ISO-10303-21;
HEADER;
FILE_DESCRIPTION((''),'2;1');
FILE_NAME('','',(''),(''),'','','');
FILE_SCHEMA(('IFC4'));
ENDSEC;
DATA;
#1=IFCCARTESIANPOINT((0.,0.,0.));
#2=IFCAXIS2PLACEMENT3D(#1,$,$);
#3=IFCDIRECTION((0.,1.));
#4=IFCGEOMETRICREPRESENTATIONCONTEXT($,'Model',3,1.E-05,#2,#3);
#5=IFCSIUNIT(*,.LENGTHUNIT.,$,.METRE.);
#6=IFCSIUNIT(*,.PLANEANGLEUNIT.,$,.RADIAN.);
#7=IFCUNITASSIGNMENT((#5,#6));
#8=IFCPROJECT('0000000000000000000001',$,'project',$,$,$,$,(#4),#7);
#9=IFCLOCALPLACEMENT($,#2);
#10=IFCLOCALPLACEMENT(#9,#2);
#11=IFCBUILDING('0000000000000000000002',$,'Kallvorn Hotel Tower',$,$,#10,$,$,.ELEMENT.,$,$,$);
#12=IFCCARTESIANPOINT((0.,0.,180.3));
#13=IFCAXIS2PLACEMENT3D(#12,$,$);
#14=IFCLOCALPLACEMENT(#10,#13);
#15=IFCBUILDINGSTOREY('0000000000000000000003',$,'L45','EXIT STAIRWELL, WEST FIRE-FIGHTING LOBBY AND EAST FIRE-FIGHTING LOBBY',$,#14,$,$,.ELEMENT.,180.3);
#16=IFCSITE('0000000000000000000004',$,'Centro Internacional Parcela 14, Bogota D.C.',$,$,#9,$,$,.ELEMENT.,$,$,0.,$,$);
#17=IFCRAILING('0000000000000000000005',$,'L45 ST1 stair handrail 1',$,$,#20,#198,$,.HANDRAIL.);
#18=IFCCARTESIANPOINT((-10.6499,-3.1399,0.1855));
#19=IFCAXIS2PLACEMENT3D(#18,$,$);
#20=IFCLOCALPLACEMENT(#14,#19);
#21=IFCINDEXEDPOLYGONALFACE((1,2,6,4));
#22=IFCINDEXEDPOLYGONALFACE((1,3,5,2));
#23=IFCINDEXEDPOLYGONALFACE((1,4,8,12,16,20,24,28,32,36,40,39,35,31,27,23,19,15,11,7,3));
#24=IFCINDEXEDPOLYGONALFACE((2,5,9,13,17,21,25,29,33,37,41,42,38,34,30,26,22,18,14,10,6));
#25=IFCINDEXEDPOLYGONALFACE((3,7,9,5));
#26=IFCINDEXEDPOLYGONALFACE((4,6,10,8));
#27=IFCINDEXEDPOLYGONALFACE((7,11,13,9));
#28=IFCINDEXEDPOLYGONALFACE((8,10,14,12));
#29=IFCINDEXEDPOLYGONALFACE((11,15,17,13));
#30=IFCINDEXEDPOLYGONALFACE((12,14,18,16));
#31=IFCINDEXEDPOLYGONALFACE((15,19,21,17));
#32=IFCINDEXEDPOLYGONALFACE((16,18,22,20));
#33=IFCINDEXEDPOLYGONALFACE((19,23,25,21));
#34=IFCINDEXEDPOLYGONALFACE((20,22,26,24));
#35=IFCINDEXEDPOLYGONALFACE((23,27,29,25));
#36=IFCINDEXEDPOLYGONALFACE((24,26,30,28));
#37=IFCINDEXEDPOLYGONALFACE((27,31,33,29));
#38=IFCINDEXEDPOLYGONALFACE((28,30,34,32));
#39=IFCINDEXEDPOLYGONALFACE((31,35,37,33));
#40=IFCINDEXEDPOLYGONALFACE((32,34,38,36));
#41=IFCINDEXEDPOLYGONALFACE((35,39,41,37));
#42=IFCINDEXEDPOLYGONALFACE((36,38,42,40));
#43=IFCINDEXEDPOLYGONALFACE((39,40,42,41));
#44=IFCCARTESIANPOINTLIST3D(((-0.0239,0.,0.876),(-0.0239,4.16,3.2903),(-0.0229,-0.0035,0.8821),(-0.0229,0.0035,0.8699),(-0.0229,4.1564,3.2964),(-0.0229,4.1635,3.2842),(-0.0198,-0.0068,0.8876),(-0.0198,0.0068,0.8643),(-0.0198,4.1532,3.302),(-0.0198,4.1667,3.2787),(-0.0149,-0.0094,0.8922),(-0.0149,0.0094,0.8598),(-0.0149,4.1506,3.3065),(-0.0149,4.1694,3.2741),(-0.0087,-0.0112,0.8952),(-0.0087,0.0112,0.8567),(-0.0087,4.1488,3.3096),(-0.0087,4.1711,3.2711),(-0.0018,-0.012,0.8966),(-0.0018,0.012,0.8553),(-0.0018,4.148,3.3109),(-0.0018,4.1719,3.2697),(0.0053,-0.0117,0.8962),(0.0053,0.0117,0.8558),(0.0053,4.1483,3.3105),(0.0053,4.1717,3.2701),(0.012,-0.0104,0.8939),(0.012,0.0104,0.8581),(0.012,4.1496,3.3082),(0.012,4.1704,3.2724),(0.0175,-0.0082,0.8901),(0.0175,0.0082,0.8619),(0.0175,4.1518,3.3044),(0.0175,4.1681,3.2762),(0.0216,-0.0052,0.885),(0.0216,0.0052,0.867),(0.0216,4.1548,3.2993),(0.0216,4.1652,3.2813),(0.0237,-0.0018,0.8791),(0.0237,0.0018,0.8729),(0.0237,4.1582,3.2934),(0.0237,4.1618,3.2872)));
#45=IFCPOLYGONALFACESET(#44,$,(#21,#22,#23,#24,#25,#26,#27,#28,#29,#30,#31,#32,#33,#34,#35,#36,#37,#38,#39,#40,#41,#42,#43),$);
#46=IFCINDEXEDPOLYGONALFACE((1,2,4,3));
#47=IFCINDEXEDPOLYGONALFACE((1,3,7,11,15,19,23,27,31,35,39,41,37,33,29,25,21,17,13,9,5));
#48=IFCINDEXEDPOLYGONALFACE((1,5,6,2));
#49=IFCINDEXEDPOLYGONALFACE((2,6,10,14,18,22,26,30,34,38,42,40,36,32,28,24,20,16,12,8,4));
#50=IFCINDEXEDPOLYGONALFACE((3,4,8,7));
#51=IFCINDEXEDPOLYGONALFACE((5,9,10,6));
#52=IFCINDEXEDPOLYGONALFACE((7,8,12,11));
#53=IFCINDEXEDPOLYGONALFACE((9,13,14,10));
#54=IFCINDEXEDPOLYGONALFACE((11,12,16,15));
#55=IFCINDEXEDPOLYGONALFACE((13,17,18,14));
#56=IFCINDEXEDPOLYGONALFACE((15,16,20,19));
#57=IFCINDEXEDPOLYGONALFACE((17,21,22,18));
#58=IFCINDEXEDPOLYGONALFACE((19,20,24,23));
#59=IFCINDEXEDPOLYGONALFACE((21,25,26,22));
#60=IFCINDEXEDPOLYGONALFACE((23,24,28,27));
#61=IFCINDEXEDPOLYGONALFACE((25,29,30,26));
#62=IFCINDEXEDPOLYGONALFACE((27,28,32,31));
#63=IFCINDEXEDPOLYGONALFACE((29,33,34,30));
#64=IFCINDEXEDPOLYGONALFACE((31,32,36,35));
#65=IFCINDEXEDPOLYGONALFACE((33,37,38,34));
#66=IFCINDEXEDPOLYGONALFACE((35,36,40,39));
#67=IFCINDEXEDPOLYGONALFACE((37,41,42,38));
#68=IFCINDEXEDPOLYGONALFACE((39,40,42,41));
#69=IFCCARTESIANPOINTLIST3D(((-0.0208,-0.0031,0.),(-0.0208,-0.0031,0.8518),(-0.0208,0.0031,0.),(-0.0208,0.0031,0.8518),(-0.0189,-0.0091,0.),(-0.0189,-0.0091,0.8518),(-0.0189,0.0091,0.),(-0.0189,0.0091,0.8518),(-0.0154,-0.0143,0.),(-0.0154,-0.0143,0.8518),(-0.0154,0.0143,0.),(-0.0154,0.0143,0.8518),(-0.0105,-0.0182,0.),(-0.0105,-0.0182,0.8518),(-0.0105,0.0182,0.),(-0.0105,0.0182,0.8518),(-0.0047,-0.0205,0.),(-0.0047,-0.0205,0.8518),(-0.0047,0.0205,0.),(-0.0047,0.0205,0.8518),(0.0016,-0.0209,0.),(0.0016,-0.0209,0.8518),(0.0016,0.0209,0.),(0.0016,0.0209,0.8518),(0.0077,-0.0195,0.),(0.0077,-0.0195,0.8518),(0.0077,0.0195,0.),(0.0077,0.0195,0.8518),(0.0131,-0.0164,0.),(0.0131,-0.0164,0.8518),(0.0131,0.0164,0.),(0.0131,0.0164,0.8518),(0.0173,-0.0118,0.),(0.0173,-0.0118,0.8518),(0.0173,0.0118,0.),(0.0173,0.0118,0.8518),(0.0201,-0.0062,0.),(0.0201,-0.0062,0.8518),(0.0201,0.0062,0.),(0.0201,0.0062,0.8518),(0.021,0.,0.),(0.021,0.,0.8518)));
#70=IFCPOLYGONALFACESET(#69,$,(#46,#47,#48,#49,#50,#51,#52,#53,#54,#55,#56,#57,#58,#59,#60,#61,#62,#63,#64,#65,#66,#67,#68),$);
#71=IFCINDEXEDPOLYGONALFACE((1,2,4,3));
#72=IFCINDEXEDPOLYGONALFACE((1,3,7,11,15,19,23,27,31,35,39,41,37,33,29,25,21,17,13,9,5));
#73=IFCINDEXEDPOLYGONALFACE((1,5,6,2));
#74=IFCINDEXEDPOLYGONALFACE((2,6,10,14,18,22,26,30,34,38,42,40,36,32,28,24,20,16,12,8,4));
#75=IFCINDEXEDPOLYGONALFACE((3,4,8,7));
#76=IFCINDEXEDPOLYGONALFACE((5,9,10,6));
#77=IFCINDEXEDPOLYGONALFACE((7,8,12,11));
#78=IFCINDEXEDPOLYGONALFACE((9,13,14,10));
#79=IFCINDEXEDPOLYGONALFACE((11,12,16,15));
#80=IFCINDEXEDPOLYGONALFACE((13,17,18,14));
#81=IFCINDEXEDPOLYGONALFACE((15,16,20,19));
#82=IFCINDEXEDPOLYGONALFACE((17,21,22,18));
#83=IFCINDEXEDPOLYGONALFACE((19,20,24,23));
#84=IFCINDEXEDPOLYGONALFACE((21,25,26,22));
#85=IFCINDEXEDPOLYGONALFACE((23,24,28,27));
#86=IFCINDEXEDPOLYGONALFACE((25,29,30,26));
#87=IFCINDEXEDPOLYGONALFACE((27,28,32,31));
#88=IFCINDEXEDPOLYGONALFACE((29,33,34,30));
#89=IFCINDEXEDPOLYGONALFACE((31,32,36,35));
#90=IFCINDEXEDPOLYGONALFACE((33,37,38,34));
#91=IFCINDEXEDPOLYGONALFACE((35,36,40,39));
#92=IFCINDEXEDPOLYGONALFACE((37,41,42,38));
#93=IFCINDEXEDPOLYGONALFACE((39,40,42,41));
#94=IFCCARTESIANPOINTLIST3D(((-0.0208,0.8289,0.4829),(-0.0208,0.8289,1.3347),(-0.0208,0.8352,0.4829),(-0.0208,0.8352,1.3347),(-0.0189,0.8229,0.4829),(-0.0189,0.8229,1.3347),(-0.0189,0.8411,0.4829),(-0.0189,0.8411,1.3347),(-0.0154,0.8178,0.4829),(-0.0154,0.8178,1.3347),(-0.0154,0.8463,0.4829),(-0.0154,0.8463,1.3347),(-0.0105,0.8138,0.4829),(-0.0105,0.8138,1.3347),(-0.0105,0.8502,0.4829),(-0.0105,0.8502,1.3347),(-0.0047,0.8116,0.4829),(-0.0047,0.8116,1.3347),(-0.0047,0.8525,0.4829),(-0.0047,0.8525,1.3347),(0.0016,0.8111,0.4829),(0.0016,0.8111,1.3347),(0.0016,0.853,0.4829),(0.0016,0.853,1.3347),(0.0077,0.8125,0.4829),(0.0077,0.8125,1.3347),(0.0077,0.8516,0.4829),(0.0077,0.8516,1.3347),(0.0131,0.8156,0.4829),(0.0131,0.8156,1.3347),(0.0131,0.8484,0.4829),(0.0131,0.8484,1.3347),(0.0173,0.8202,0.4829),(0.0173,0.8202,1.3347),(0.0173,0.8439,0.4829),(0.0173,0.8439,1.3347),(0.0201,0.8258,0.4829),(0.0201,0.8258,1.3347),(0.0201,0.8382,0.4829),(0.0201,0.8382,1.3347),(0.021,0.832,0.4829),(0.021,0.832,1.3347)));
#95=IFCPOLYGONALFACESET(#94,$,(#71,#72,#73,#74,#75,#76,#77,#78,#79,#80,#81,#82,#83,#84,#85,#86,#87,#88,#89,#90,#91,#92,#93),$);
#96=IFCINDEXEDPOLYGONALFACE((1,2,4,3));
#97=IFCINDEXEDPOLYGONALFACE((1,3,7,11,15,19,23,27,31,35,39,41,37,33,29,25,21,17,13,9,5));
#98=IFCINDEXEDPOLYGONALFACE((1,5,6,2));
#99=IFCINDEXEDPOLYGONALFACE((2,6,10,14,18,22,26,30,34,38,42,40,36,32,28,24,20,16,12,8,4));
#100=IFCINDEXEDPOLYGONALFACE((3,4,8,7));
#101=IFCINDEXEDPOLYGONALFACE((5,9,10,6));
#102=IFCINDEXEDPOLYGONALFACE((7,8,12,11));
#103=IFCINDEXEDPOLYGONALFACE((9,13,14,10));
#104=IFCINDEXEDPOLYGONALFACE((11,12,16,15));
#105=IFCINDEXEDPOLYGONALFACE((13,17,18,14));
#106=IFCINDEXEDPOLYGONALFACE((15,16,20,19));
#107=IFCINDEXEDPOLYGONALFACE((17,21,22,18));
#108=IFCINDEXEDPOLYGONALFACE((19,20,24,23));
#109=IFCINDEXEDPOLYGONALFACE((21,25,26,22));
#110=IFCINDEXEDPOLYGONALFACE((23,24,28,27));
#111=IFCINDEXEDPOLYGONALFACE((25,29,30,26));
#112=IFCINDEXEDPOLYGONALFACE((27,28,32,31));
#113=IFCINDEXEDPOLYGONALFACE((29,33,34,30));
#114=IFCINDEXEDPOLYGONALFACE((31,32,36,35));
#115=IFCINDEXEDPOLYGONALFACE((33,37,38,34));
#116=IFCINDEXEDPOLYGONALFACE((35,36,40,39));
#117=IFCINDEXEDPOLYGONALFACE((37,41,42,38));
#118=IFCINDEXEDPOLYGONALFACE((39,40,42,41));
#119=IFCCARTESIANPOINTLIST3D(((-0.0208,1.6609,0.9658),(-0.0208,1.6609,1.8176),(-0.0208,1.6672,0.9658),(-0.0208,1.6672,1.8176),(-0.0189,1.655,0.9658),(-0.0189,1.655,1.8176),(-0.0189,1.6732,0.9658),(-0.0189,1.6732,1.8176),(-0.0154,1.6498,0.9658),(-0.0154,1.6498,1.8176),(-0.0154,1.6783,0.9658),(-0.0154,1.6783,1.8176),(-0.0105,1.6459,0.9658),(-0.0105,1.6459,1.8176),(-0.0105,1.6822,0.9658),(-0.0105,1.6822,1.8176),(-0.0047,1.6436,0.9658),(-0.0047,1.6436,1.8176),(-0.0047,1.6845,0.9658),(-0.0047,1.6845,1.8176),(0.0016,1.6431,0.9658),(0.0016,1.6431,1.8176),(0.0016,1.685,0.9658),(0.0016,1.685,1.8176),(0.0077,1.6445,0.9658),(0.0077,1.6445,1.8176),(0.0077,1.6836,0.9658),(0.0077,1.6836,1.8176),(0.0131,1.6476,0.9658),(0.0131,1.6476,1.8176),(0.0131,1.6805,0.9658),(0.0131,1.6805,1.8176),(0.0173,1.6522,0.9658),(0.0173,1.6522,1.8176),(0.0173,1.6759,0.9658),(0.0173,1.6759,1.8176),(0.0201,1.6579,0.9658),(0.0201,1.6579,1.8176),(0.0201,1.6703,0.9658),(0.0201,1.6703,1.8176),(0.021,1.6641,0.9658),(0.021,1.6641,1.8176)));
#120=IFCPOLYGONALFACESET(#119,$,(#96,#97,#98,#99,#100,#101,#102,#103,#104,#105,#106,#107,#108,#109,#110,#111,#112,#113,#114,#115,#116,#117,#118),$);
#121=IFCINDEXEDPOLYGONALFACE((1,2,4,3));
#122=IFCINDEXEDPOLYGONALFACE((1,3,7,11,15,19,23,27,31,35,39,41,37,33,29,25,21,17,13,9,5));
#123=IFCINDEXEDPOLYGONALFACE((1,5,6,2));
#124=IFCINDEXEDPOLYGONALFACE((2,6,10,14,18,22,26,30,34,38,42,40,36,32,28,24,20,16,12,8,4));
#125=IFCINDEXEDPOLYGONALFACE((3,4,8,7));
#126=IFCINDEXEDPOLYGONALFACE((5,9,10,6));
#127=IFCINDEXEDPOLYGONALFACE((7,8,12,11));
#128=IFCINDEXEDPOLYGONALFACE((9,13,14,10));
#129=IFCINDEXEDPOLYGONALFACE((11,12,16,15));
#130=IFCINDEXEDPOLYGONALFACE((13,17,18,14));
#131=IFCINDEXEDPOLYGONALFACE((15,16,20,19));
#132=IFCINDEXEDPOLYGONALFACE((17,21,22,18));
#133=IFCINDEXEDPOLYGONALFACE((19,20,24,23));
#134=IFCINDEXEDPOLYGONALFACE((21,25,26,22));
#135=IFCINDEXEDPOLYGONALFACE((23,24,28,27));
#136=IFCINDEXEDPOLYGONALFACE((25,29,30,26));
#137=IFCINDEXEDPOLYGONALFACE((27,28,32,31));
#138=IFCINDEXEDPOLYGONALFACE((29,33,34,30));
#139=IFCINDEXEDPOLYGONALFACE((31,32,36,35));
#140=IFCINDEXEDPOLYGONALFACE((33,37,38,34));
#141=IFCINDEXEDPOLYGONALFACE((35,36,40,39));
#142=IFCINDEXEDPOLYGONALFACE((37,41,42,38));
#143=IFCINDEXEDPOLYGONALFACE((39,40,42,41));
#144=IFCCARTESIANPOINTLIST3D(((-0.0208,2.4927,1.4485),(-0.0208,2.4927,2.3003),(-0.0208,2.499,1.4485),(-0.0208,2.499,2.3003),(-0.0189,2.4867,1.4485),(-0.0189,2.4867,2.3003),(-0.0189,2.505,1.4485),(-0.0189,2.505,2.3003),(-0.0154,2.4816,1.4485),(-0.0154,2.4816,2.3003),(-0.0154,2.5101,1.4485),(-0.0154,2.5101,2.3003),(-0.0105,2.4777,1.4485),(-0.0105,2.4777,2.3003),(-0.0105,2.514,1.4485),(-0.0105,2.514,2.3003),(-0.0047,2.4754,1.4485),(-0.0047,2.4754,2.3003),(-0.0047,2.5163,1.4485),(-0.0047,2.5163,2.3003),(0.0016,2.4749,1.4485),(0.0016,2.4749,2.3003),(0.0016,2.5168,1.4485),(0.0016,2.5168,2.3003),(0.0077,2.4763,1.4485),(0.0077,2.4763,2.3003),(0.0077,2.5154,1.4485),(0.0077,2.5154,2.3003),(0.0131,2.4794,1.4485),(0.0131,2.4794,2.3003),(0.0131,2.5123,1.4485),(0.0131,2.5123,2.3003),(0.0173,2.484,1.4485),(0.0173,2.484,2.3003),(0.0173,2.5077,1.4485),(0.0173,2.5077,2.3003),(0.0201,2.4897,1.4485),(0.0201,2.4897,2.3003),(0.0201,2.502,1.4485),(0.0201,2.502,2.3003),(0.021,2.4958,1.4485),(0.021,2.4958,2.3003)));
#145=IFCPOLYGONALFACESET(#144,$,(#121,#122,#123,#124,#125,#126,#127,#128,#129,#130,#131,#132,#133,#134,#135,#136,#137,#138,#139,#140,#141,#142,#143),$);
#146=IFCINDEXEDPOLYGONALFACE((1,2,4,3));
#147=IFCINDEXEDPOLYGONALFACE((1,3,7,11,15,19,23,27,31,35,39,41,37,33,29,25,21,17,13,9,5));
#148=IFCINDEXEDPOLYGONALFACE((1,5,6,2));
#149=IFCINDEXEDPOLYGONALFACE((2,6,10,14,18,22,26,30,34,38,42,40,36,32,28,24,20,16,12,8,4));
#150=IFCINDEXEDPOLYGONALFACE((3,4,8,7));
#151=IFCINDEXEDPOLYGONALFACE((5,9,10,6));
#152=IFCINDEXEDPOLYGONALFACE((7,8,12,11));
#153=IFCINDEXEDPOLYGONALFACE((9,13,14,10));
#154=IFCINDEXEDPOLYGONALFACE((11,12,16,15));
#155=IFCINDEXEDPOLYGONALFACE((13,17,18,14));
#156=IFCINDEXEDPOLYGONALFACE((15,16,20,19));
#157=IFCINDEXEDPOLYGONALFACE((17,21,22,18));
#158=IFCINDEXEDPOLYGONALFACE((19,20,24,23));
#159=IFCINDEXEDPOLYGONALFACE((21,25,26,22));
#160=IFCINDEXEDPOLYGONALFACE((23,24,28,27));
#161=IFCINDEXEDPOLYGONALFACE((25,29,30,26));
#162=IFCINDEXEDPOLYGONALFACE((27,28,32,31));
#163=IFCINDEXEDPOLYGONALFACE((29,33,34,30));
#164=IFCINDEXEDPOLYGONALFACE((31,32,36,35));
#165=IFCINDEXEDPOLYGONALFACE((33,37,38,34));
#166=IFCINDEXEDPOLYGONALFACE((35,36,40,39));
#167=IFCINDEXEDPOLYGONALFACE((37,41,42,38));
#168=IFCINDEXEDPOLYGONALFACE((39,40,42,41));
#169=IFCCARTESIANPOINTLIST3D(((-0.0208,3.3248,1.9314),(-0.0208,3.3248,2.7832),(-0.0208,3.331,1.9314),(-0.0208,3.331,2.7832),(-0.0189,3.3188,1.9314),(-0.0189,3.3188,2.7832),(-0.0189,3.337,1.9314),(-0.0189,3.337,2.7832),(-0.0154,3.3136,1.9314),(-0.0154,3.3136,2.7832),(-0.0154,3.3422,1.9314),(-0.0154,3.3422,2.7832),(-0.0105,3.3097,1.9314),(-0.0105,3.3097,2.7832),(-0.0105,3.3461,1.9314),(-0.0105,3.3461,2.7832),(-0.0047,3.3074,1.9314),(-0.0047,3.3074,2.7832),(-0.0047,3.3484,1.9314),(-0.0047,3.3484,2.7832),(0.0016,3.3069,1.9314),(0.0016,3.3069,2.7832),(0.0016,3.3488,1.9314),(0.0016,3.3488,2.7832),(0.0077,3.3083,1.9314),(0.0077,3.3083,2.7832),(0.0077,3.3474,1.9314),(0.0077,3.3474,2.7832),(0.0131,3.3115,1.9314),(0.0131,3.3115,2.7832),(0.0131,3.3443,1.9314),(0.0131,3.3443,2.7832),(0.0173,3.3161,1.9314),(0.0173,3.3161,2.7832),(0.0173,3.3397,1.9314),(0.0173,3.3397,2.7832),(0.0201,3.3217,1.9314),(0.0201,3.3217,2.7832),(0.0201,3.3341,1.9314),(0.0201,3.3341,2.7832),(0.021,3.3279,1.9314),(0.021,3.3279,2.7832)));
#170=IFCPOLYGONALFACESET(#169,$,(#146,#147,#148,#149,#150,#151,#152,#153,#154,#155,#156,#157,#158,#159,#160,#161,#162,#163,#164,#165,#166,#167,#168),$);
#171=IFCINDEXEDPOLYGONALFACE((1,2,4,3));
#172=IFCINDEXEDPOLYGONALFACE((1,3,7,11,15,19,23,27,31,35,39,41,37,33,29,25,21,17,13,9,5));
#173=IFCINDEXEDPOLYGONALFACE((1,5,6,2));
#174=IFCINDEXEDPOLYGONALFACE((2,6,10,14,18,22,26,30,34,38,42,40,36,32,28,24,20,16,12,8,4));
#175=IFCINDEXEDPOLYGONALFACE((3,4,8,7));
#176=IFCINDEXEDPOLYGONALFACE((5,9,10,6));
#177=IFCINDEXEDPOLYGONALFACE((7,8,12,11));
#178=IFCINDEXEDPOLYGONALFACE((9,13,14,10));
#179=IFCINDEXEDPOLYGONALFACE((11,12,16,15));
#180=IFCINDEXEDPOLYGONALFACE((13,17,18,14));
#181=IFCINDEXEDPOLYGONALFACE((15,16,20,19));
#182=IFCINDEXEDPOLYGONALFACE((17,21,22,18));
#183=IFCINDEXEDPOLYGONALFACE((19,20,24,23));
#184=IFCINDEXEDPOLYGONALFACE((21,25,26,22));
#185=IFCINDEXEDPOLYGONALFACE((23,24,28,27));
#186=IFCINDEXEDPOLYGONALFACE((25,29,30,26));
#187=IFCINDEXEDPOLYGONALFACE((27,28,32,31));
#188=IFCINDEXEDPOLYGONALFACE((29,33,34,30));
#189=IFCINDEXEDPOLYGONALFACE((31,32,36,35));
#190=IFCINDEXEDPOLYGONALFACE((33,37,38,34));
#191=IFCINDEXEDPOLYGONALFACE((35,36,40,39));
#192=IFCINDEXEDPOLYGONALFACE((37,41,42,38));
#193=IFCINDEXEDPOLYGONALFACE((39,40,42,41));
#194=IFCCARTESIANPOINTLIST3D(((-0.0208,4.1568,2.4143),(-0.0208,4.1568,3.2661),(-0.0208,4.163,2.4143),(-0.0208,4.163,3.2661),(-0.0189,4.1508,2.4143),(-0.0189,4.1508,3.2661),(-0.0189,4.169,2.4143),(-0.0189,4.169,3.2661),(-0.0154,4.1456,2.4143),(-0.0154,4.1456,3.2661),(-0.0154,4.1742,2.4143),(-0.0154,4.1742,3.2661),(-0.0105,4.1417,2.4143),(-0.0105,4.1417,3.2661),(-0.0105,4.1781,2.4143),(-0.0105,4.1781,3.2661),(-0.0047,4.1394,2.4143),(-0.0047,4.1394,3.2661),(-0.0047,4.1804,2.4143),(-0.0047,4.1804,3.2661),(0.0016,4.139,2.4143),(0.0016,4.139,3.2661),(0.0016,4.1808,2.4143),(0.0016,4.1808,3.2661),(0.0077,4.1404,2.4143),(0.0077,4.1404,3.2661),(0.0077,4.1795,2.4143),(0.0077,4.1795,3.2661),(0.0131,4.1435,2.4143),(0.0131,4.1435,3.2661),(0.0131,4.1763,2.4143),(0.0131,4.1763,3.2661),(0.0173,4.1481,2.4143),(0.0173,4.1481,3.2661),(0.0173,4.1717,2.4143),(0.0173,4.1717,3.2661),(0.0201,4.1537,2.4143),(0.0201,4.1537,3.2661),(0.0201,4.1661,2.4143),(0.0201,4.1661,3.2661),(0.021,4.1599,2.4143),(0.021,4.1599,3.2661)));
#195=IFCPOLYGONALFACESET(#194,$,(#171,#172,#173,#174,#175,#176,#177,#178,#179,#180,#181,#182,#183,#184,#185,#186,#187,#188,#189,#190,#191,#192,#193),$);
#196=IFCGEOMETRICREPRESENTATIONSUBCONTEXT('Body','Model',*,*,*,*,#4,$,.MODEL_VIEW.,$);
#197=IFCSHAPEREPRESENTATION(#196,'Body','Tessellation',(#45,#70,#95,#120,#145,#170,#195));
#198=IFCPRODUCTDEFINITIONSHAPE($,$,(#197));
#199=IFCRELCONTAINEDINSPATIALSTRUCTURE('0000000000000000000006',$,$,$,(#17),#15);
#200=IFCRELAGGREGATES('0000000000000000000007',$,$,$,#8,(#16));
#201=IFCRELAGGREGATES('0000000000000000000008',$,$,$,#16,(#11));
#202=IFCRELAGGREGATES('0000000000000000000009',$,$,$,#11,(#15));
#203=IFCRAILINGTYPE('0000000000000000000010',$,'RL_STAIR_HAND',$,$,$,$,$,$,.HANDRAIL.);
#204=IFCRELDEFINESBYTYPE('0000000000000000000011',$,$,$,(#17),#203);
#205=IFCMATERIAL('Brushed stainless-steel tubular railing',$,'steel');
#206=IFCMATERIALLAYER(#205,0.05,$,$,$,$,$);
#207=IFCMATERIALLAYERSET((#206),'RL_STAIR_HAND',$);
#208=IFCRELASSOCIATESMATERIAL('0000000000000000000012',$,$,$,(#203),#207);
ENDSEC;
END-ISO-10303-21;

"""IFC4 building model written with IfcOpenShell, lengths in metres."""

from ifc_helpers import new_model, si_unit, direction, frame, origin, origin_2d, place, context, subcontext, project, spatial, circle, extrude, material, layer, layer_set, type_object, element, save


model = new_model("IFC4")

# Units and contexts
model_context = context("Model", 3, precision=1e-05, world=origin(), true_north=direction((0.0, 1.0)))
body_context = subcontext(model_context, "Body", "Model", "MODEL_VIEW")
ifc_project = project(units=[si_unit("LENGTHUNIT", "METRE"), si_unit("PLANEANGLEUNIT", "RADIAN")], contexts=[model_context])

# Site, building, storey
site_placement = place(None, origin())
site = spatial("IfcSite", under=ifc_project, at=site_placement, Name="Centro Internacional Parcela 14, Bogota D.C.", CompositionType="ELEMENT", RefElevation=0.0)
building_placement = place(site_placement, origin())
building = spatial("IfcBuilding", under=site, at=building_placement, Name="Kallvorn Hotel Tower", CompositionType="ELEMENT")
storey_placement = place(building_placement, frame((0.0, 0.0, 180.3)))
storey = spatial("IfcBuildingStorey", under=building, at=storey_placement, Name="L45", Description="EXIT STAIRWELL, WEST FIRE-FIGHTING LOBBY AND EAST FIRE-FIGHTING LOBBY", CompositionType="ELEMENT", Elevation=180.3)

# Railing
ifc_material_1 = material(Name="Brushed stainless-steel tubular railing", Category="steel")
ifc_layer_1 = layer(ifc_material_1, 0.05)
ifc_layer_set_1 = layer_set([ifc_layer_1], Name="RL_STAIR_HAND")
railing_type_1 = type_object("IfcRailingType", Name="RL_STAIR_HAND", PredefinedType="HANDRAIL", material=ifc_layer_set_1)
railing_1_placement = place(storey_placement, frame((-10.6499, -3.1399, 0.1855)))
element("IfcRailing", 1, at=railing_1_placement, inside=storey, type_object=railing_type_1, Name="L45 ST1 stair handrail 1", PredefinedType="HANDRAIL", context=body_context, shape_type="SweptSolid", body=[
    extrude(circle(Radius=0.0239, at=origin_2d()), frame((0.0, 0.0, 0.876), z_axis=(0.0, 0.864891, 0.50196), x_axis=(-1.0, 0.0, 0.0)), (0.0, 0.0, 1.0), 4.8098),
    extrude(circle(Radius=0.021, at=origin_2d()), origin(), (0.0, 0.0, 1.0), 0.8518),
    extrude(circle(Radius=0.021, at=origin_2d()), frame((0.0, 0.832, 0.4829)), (0.0, 0.0, 1.0), 0.8518),
    extrude(circle(Radius=0.021, at=origin_2d()), frame((0.0, 1.6641, 0.9658)), (0.0, 0.0, 1.0), 0.8518),
    extrude(circle(Radius=0.021, at=origin_2d()), frame((0.0, 2.4958, 1.4485)), (0.0, 0.0, 1.0), 0.8518),
    extrude(circle(Radius=0.021, at=origin_2d()), frame((0.0, 3.3279, 1.9314)), (0.0, 0.0, 1.0), 0.8518),
    extrude(circle(Radius=0.021, at=origin_2d()), frame((0.0, 4.1599, 2.4143)), (0.0, 0.0, 1.0), 0.8518),
])

save(model, "model.ifc")
